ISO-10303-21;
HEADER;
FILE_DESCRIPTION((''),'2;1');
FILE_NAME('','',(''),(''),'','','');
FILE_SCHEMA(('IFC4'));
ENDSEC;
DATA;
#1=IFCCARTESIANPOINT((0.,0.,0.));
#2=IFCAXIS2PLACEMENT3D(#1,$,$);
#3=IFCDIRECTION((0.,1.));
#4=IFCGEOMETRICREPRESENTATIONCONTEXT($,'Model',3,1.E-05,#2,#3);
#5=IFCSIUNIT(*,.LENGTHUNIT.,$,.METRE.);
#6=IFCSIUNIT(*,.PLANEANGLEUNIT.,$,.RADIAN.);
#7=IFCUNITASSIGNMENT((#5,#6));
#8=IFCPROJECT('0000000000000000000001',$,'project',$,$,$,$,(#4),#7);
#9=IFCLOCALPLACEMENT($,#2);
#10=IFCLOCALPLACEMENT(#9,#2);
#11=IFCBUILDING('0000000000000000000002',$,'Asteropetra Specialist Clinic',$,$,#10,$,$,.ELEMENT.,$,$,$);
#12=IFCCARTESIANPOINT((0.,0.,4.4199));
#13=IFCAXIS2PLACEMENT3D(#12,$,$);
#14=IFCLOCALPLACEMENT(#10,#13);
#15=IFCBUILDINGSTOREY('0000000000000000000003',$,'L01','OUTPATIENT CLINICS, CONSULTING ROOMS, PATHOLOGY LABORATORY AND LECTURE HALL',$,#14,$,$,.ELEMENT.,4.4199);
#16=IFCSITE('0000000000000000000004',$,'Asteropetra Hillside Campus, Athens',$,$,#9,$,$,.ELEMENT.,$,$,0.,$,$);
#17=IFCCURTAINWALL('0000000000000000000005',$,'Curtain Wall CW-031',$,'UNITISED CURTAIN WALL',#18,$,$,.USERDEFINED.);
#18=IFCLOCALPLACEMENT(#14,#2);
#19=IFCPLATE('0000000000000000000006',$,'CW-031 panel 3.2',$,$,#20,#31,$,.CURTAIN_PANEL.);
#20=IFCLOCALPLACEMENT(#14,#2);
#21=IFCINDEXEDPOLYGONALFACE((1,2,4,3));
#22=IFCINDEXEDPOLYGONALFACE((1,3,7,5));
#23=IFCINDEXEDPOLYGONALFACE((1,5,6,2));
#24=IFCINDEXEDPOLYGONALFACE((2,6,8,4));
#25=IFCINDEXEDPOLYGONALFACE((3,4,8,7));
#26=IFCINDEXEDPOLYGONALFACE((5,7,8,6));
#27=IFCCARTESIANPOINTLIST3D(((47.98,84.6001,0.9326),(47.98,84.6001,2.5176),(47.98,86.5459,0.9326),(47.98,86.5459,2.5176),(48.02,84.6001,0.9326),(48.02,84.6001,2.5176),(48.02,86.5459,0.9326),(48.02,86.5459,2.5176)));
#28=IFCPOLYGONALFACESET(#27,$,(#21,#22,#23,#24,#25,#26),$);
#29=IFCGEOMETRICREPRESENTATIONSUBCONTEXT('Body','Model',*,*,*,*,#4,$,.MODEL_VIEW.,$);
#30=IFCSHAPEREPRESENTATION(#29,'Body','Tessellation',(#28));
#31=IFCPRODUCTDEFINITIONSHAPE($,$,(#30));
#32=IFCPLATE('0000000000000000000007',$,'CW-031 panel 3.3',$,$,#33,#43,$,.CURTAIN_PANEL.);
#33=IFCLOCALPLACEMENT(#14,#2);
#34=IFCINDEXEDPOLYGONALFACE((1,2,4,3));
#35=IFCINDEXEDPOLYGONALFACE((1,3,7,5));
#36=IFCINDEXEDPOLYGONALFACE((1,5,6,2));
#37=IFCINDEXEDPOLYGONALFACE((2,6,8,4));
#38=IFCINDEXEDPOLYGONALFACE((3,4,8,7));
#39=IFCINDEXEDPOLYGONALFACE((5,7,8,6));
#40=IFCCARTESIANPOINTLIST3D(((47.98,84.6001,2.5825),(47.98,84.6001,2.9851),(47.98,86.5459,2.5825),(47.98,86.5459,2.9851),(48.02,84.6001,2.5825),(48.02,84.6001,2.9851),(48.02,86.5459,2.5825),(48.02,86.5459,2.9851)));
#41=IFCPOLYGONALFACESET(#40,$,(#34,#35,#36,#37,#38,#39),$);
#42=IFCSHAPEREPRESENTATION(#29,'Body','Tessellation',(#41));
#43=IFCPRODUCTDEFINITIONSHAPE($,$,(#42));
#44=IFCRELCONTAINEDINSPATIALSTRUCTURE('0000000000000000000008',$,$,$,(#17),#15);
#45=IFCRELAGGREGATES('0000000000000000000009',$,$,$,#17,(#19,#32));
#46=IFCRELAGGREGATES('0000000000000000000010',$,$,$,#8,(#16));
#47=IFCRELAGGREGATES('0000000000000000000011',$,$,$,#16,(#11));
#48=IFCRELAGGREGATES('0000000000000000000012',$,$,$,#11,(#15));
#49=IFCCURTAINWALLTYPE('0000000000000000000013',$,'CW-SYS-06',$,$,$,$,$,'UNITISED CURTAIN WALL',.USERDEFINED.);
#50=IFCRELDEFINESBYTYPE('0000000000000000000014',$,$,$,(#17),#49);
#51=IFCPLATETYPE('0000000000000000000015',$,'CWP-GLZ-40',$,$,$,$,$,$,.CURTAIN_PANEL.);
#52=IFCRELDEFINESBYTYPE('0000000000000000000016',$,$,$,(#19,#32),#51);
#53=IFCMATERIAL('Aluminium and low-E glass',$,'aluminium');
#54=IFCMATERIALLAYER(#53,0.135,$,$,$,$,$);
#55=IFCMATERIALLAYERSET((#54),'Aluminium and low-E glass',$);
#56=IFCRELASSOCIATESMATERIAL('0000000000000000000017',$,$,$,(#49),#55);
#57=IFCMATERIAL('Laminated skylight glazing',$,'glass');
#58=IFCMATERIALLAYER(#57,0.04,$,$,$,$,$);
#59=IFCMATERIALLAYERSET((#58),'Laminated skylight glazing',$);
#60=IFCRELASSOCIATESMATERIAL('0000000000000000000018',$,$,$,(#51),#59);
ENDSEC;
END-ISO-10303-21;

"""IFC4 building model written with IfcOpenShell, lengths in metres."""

from ifc_helpers import new_model, si_unit, direction, frame, origin, origin_2d, place, context, subcontext, project, spatial, rectangle, extrude, material, layer, layer_set, type_object, element, aggregate, save


model = new_model("IFC4")

# Units and contexts
model_context = context("Model", 3, precision=1e-05, world=origin(), true_north=direction((0.0, 1.0)))
body_context = subcontext(model_context, "Body", "Model", "MODEL_VIEW")
ifc_project = project(units=[si_unit("LENGTHUNIT", "METRE"), si_unit("PLANEANGLEUNIT", "RADIAN")], contexts=[model_context])

# Site, building, storey
site_placement = place(None, origin())
site = spatial("IfcSite", under=ifc_project, at=site_placement, Name="Asteropetra Hillside Campus, Athens", CompositionType="ELEMENT", RefElevation=0.0)
building_placement = place(site_placement, origin())
building = spatial("IfcBuilding", under=site, at=building_placement, Name="Asteropetra Specialist Clinic", CompositionType="ELEMENT")
storey_placement = place(building_placement, frame((0.0, 0.0, 4.4199)))
storey = spatial("IfcBuildingStorey", under=building, at=storey_placement, Name="L01", Description="OUTPATIENT CLINICS, CONSULTING ROOMS, PATHOLOGY LABORATORY AND LECTURE HALL", CompositionType="ELEMENT", Elevation=4.4199)

# Curtain wall
ifc_material_1 = material(Name="Aluminium and low-E glass", Category="aluminium")
ifc_layer_1 = layer(ifc_material_1, 0.135)
ifc_layer_set_1 = layer_set([ifc_layer_1], Name="Aluminium and low-E glass")
curtain_wall_type_1 = type_object("IfcCurtainWallType", Name="CW-SYS-06", ElementType="UNITISED CURTAIN WALL", PredefinedType="USERDEFINED", material=ifc_layer_set_1)
curtain_wall_1_placement = place(storey_placement, origin())
curtain_wall_1 = element("IfcCurtainWall", 1, at=curtain_wall_1_placement, inside=storey, type_object=curtain_wall_type_1, Name="Curtain Wall CW-031", ObjectType="UNITISED CURTAIN WALL", PredefinedType="USERDEFINED")

# Plates
ifc_material_2 = material(Name="Laminated skylight glazing", Category="glass")
ifc_layer_2 = layer(ifc_material_2, 0.04)
ifc_layer_set_2 = layer_set([ifc_layer_2], Name="Laminated skylight glazing")
plate_type_1 = type_object("IfcPlateType", Name="CWP-GLZ-40", PredefinedType="CURTAIN_PANEL", material=ifc_layer_set_2)
plate_1_placement = place(storey_placement, frame((48.0, 85.573, 0.9326), z_axis=(0.0, 0.0, 1.0), x_axis=(0.0, -1.0, 0.0)))
plate_1 = element("IfcPlate", 2, at=plate_1_placement, type_object=plate_type_1, Name="CW-031 panel 3.2", PredefinedType="CURTAIN_PANEL", context=body_context, shape_type="SweptSolid", body=[
    extrude(rectangle(XDim=1.9458, YDim=0.04, at=origin_2d()), origin(), (0.0, 0.0, 1.0), 1.585),
])
plate_2_placement = place(storey_placement, frame((48.0, 85.573, 2.5825), z_axis=(0.0, 0.0, 1.0), x_axis=(0.0, -1.0, 0.0)))
plate_2 = element("IfcPlate", 3, at=plate_2_placement, type_object=plate_type_1, Name="CW-031 panel 3.3", PredefinedType="CURTAIN_PANEL", context=body_context, shape_type="SweptSolid", body=[
    extrude(rectangle(XDim=1.9458, YDim=0.04, at=origin_2d()), origin(), (0.0, 0.0, 1.0), 0.4026),
])
aggregate(curtain_wall_1, [plate_1, plate_2])

save(model, "model.ifc")
